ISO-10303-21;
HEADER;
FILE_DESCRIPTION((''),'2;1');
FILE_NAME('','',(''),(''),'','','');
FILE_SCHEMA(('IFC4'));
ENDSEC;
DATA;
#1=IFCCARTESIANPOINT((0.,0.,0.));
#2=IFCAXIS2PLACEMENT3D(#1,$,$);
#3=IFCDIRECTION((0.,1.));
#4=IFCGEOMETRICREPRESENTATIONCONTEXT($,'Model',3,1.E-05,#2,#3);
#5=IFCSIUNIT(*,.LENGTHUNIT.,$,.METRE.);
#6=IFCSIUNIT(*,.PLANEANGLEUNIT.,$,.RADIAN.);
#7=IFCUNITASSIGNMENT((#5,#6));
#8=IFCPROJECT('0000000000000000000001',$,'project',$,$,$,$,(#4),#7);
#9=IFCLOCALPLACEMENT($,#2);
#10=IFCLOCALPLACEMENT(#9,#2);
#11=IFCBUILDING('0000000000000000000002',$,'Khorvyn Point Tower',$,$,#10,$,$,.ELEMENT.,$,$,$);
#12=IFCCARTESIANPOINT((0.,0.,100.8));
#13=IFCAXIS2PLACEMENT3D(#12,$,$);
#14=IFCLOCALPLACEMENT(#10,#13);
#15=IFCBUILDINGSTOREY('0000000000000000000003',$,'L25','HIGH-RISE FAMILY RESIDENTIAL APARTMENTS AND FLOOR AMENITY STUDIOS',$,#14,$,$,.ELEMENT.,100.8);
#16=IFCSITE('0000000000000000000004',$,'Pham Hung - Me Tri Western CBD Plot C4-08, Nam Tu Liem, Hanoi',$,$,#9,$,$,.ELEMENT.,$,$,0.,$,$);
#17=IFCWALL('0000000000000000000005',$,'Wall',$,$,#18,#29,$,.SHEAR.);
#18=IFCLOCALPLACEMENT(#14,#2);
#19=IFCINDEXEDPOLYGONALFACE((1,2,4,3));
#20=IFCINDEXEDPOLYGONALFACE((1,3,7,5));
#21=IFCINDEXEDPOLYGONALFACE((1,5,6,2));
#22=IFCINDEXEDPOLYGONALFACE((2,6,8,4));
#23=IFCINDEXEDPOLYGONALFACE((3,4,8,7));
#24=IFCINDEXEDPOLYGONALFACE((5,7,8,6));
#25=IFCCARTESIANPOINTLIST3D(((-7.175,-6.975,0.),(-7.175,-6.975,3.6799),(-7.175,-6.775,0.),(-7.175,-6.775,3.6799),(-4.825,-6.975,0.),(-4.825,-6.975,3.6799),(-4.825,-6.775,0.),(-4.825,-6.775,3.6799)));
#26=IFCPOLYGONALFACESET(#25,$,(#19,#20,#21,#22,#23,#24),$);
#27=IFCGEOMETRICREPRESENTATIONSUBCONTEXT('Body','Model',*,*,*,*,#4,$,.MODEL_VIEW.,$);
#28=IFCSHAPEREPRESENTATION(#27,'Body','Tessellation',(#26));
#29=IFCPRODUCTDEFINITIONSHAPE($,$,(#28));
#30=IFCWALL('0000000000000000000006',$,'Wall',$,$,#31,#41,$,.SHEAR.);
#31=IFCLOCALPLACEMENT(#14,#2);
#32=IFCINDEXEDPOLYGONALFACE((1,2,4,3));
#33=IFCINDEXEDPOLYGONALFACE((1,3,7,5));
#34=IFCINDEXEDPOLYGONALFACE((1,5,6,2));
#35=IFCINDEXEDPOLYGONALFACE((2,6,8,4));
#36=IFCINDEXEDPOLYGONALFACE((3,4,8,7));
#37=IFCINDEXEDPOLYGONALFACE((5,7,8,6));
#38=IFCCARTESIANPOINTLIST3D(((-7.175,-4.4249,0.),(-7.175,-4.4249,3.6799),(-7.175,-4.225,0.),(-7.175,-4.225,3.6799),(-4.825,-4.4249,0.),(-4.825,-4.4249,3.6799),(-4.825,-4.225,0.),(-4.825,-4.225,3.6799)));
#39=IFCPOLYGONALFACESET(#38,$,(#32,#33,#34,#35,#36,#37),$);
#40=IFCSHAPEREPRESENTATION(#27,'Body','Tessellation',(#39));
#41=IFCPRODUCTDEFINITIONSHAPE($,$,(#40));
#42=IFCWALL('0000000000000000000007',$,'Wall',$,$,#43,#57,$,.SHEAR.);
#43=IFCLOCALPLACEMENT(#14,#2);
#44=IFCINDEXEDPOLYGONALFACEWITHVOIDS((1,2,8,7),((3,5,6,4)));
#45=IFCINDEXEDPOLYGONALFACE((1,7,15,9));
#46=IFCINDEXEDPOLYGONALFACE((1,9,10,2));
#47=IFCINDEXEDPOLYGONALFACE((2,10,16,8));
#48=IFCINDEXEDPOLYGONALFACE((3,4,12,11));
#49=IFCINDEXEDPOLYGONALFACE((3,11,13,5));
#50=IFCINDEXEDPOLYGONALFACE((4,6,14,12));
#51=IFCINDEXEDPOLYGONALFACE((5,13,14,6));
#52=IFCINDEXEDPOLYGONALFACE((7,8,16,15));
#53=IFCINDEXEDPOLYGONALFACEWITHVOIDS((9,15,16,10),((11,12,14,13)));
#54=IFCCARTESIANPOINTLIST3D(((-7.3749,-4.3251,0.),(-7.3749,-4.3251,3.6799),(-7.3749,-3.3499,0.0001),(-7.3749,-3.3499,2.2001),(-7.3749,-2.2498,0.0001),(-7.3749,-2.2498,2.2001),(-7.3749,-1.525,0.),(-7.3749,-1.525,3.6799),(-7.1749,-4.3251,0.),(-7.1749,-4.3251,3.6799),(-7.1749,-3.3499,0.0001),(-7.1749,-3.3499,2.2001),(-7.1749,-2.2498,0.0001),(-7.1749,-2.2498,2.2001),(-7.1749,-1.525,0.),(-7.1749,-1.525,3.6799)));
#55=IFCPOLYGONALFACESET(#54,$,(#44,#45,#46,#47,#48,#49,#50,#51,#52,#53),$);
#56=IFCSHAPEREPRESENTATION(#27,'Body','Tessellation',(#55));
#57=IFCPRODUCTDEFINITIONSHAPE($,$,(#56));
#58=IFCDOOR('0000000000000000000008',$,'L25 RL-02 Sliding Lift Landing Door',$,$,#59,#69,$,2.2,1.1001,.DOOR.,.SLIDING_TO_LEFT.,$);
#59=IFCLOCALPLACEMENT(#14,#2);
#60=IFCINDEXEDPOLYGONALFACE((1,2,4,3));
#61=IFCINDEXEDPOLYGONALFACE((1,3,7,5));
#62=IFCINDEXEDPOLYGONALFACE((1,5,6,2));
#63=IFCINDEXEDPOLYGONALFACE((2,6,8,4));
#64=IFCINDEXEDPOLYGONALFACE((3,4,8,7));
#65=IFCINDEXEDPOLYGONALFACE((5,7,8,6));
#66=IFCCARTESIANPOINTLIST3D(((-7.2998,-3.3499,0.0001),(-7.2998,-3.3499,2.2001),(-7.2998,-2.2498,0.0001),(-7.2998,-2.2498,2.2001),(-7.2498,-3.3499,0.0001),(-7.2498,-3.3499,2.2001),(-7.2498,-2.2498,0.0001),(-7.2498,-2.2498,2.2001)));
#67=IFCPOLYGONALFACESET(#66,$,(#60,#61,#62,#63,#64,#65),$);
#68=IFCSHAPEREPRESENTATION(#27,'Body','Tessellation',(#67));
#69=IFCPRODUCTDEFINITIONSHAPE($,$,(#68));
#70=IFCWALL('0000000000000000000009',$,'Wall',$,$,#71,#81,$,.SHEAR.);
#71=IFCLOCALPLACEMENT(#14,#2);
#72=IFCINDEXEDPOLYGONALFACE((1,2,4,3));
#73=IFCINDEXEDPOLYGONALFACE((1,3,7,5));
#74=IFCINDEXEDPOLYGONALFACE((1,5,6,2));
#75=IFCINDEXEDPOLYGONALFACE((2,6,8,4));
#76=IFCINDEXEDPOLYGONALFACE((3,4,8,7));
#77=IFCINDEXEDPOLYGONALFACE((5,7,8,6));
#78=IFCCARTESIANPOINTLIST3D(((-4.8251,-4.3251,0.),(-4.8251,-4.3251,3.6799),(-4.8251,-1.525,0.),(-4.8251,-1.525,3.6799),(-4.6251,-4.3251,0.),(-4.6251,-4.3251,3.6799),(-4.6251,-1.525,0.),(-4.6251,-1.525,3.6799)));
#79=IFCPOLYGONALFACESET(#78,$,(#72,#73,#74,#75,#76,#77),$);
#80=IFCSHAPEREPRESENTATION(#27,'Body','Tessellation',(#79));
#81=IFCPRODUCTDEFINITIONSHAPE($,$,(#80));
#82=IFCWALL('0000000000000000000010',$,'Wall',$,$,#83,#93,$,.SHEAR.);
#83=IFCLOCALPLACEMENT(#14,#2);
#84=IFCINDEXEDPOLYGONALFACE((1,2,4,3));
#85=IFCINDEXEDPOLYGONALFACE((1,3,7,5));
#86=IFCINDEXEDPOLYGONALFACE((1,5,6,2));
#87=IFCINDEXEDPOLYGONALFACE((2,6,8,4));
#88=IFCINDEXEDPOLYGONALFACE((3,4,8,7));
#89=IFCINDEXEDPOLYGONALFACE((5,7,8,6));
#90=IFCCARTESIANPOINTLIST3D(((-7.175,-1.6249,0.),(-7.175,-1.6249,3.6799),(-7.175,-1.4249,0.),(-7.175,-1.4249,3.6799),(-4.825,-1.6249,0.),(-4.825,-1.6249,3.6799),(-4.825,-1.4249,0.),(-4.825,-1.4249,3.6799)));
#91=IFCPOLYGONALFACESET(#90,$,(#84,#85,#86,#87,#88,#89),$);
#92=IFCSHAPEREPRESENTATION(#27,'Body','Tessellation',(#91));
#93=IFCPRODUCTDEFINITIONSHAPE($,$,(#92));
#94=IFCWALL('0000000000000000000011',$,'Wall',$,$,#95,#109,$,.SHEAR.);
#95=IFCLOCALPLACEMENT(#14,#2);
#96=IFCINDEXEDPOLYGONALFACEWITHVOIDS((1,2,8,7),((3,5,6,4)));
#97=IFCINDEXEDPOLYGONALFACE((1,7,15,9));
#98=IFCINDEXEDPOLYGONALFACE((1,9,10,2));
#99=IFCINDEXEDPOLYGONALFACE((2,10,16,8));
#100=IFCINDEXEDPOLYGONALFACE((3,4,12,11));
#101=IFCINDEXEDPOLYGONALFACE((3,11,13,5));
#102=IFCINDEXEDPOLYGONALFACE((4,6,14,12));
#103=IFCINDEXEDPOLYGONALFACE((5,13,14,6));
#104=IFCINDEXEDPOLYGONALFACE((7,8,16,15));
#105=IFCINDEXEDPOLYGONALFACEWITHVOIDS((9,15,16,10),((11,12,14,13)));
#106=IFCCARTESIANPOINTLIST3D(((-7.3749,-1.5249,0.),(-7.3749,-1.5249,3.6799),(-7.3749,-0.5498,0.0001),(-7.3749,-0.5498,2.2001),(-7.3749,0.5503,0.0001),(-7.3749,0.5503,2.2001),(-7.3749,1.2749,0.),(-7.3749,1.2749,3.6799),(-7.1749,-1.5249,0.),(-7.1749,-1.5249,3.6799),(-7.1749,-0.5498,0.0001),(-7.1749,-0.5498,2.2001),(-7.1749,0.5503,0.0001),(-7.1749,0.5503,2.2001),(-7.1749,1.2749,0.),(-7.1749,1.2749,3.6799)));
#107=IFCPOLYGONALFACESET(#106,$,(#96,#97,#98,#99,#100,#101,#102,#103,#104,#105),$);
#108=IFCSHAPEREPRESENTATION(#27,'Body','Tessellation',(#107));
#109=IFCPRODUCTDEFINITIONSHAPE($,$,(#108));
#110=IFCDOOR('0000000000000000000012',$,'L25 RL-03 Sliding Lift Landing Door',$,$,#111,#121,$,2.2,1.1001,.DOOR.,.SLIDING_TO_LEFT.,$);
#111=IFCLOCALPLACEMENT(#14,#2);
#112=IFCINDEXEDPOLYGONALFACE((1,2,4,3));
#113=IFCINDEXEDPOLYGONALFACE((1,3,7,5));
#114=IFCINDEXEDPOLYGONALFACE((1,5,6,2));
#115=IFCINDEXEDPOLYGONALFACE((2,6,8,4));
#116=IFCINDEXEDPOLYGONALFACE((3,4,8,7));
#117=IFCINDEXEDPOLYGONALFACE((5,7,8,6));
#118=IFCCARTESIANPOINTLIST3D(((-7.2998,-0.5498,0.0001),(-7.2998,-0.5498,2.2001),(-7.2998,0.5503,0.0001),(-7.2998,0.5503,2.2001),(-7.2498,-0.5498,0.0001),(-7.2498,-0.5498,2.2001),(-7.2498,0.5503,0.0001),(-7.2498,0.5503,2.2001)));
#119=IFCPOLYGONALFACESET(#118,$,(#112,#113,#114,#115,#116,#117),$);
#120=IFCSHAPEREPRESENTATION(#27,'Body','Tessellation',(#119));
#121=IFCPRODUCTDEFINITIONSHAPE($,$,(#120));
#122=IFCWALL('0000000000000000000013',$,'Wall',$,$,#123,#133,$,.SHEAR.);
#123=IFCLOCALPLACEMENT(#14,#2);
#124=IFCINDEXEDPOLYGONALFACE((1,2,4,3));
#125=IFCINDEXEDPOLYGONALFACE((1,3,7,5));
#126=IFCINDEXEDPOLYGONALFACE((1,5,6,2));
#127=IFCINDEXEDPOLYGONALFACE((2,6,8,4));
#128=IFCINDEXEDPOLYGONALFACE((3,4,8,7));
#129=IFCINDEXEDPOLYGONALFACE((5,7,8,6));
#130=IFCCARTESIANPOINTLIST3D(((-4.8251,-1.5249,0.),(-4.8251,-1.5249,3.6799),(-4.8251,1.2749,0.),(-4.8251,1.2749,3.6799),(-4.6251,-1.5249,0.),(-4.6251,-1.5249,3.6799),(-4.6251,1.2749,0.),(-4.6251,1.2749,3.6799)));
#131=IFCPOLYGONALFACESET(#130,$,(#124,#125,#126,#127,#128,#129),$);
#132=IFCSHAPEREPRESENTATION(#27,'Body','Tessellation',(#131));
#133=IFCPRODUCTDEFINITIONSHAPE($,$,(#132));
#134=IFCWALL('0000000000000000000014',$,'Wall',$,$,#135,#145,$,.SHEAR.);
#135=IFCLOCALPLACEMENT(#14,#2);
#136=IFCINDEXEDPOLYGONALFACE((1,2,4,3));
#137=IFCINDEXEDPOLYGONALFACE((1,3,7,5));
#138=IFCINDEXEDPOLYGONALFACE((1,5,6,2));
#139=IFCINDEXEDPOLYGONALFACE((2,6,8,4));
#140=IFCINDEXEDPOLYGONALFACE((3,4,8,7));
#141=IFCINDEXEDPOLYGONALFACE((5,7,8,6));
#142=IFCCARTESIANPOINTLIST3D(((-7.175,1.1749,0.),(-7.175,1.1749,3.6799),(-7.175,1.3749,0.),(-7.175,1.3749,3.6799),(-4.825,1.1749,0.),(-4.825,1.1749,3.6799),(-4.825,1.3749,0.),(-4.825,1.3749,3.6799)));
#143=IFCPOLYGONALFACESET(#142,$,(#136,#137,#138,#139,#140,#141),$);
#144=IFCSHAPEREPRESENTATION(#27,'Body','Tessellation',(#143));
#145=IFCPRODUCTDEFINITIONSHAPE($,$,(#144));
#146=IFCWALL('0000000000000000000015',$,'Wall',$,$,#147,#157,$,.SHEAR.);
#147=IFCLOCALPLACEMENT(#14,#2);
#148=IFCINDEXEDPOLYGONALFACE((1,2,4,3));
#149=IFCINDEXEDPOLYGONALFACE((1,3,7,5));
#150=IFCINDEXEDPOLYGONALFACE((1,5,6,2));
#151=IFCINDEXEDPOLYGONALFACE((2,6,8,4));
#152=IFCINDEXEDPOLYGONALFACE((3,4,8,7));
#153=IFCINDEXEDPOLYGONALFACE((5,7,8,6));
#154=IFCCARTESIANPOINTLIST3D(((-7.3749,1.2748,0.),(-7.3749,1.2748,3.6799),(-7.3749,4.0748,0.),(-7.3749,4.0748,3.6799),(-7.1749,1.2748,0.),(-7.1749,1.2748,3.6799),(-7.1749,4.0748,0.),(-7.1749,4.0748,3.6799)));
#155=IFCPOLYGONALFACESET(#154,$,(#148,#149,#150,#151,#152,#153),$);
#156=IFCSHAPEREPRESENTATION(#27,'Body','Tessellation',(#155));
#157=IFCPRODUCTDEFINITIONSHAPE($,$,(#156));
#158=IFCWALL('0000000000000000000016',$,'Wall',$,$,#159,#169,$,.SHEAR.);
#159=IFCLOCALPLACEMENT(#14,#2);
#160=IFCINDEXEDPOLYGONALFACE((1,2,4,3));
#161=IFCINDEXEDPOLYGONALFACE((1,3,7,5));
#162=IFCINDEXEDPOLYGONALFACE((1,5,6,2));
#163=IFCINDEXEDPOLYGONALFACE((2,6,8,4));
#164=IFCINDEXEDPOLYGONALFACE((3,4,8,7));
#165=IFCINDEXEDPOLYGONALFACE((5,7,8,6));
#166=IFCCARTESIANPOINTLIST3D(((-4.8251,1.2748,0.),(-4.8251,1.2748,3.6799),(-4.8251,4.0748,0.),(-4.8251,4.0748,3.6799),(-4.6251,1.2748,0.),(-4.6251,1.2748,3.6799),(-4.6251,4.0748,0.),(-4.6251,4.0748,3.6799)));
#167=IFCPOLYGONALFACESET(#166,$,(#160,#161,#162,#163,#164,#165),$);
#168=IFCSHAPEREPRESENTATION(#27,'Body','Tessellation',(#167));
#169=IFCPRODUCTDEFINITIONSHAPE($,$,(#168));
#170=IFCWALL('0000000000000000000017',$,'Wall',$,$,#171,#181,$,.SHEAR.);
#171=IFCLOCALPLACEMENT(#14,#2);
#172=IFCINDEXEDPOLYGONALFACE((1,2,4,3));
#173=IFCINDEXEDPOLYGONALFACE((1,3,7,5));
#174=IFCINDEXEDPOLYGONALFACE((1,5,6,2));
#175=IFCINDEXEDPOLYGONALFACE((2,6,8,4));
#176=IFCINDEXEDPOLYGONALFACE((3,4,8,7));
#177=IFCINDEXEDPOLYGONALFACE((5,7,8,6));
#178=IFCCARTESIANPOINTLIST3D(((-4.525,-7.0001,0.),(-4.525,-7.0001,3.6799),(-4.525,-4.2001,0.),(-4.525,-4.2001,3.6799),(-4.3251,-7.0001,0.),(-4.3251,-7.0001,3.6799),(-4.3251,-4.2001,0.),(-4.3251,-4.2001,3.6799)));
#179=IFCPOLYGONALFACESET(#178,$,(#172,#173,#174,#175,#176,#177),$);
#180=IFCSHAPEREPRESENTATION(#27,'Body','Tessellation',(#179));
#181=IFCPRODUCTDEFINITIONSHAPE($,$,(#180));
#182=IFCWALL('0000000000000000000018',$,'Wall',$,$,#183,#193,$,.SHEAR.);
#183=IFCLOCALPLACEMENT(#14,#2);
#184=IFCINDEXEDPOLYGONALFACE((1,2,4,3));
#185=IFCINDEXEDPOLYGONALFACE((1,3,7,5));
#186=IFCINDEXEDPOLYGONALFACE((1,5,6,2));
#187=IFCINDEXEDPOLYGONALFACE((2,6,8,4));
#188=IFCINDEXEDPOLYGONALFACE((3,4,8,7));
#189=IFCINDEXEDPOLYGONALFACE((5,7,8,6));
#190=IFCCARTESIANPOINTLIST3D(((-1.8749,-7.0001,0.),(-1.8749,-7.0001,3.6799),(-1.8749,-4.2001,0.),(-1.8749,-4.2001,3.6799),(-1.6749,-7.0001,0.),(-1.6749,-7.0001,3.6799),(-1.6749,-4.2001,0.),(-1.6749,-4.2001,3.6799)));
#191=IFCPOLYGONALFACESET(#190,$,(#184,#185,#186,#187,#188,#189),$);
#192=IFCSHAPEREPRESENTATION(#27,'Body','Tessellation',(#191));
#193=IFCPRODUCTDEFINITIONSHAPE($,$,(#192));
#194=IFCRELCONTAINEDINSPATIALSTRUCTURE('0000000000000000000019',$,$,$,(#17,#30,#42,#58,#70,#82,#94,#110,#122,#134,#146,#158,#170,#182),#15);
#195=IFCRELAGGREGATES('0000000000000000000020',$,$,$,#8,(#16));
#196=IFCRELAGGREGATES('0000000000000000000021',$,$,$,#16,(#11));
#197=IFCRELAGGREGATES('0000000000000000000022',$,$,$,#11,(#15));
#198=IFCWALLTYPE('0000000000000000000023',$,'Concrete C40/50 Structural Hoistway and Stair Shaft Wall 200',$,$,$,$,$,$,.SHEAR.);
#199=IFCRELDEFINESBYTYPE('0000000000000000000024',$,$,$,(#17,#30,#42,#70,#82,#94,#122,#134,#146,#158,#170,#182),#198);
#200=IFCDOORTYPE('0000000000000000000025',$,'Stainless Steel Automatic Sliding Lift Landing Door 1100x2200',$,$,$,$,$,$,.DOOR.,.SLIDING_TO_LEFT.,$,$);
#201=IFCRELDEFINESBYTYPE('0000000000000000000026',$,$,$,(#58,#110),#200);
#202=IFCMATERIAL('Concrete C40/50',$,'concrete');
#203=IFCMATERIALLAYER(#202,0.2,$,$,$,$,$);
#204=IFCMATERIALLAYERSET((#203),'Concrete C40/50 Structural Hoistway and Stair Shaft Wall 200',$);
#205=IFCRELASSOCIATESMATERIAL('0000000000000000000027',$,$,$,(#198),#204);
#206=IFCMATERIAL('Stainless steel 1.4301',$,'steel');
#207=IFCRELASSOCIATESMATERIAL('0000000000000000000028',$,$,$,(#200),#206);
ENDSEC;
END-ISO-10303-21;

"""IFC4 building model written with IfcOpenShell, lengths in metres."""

from ifc_helpers import new_model, si_unit, direction, frame, frame_2d, origin, place, context, subcontext, project, spatial, rectangle, extrude, material, layer, layer_set, type_object, element, fill, save


model = new_model("IFC4")

# Units and contexts
model_context = context("Model", 3, precision=1e-05, world=origin(), true_north=direction((0.0, 1.0)))
body_context = subcontext(model_context, "Body", "Model", "MODEL_VIEW")
ifc_project = project(units=[si_unit("LENGTHUNIT", "METRE"), si_unit("PLANEANGLEUNIT", "RADIAN")], contexts=[model_context])

# Site, building, storey
site_placement = place(None, origin())
site = spatial("IfcSite", under=ifc_project, at=site_placement, Name="Pham Hung - Me Tri Western CBD Plot C4-08, Nam Tu Liem, Hanoi", CompositionType="ELEMENT", RefElevation=0.0)
building_placement = place(site_placement, origin())
building = spatial("IfcBuilding", under=site, at=building_placement, Name="Khorvyn Point Tower", CompositionType="ELEMENT")
storey_placement = place(building_placement, frame((0.0, 0.0, 100.8)))
storey = spatial("IfcBuildingStorey", under=building, at=storey_placement, Name="L25", Description="HIGH-RISE FAMILY RESIDENTIAL APARTMENTS AND FLOOR AMENITY STUDIOS", CompositionType="ELEMENT", Elevation=100.8)

# Shared definitions
ifc_material_1 = material(Name="Concrete C40/50", Category="concrete")

# Shared definitions
ifc_layer_1 = layer(ifc_material_1, 0.2)
ifc_layer_set_1 = layer_set([ifc_layer_1], Name="Concrete C40/50 Structural Hoistway and Stair Shaft Wall 200")
wall_type_1 = type_object("IfcWallType", Name="Concrete C40/50 Structural Hoistway and Stair Shaft Wall 200", PredefinedType="SHEAR", material=ifc_layer_set_1)
ifc_material_2 = material(Name="Stainless steel 1.4301", Category="steel")
door_type_1 = type_object("IfcDoorType", Name="Stainless Steel Automatic Sliding Lift Landing Door 1100x2200", OperationType="SLIDING_TO_LEFT", PredefinedType="DOOR", material=ifc_material_2)

# Walls
for number, where, z_axis, x_axis, name in (
    (1, (-7.175, -6.875, 0.0), (0.0, 0.0, 1.0), (1.0, 0.0, 0.0), "Wall"),
    (2, (-7.175, -4.325, 0.0), (0.0, 0.0, 1.0), (1.0, 0.0, 0.0), "Wall"),
):
    element("IfcWall", number, at=place(storey_placement, frame(where, z_axis=z_axis, x_axis=x_axis)), inside=storey, type_object=wall_type_1, Name=name, PredefinedType="SHEAR", context=body_context, shape_type="SweptSolid", body=[
        extrude(rectangle(XDim=2.3501, YDim=0.2, at=frame_2d((1.175, 0.0))), origin(), (0.0, 0.0, 1.0), 3.6799),
    ])

# Wall, opening, door
wall_1_placement = place(storey_placement, frame((-7.2749, -4.325, 0.0), z_axis=(0.0, 0.0, 1.0), x_axis=(0.0, 1.0, 0.0)))
wall_1 = element("IfcWall", 3, at=wall_1_placement, inside=storey, type_object=wall_type_1, Name="Wall", PredefinedType="SHEAR", context=body_context, shape_type="SweptSolid", body=[
    extrude(rectangle(XDim=2.8, YDim=0.2, at=frame_2d((1.3999, 0.0))), origin(), (0.0, 0.0, 1.0), 3.6799),
])
opening_1_placement = place(wall_1_placement, frame((0.9751, 0.0, 0.0)))
opening_1 = element("IfcOpeningElement", 4, at=opening_1_placement, cuts=wall_1, PredefinedType="OPENING", context=body_context, shape_type="SweptSolid", body=[
    extrude(rectangle(XDim=1.1001, YDim=2.2, at=frame_2d((0.55, 1.1001))), frame((0.0, 0.1099, 0.0), z_axis=(0.0, -1.0, 0.0), x_axis=(1.0, 0.0, 0.0)), (0.0, 0.0, 1.0), 0.22),
])
door_1_placement = place(opening_1_placement, origin())
door_1 = element("IfcDoor", 5, at=door_1_placement, inside=storey, type_object=door_type_1, Name="L25 RL-02 Sliding Lift Landing Door", OperationType="SLIDING_TO_LEFT", OverallHeight=2.2, OverallWidth=1.1001, PredefinedType="DOOR", context=body_context, shape_type="SweptSolid", body=[
    extrude(rectangle(XDim=1.1001, YDim=2.2, at=frame_2d((0.55, 1.1001))), frame((0.0, 0.0249, 0.0), z_axis=(0.0, -1.0, 0.0), x_axis=(1.0, 0.0, 0.0)), (0.0, 0.0, 1.0), 0.05),
])
fill(opening_1, door_1)

# Walls
wall_2_placement = place(storey_placement, frame((-4.7251, -4.325, 0.0), z_axis=(0.0, 0.0, 1.0), x_axis=(0.0, 1.0, 0.0)))
element("IfcWall", 6, at=wall_2_placement, inside=storey, type_object=wall_type_1, Name="Wall", PredefinedType="SHEAR", context=body_context, shape_type="SweptSolid", body=[
    extrude(rectangle(XDim=2.8, YDim=0.2, at=frame_2d((1.3999, 0.0))), origin(), (0.0, 0.0, 1.0), 3.6799),
])
wall_3_placement = place(storey_placement, frame((-7.175, -1.5249, 0.0), z_axis=(0.0, 0.0, 1.0), x_axis=(1.0, 0.0, 0.0)))
element("IfcWall", 7, at=wall_3_placement, inside=storey, type_object=wall_type_1, Name="Wall", PredefinedType="SHEAR", context=body_context, shape_type="SweptSolid", body=[
    extrude(rectangle(XDim=2.3501, YDim=0.2, at=frame_2d((1.175, 0.0))), origin(), (0.0, 0.0, 1.0), 3.6799),
])

# Wall, opening, door
wall_4_placement = place(storey_placement, frame((-7.2749, -1.5249, 0.0), z_axis=(0.0, 0.0, 1.0), x_axis=(0.0, 1.0, 0.0)))
wall_4 = element("IfcWall", 8, at=wall_4_placement, inside=storey, type_object=wall_type_1, Name="Wall", PredefinedType="SHEAR", context=body_context, shape_type="SweptSolid", body=[
    extrude(rectangle(XDim=2.7998, YDim=0.2, at=frame_2d((1.3999, 0.0))), origin(), (0.0, 0.0, 1.0), 3.6799),
])
opening_2_placement = place(wall_4_placement, frame((0.9751, 0.0, 0.0)))
opening_2 = element("IfcOpeningElement", 9, at=opening_2_placement, cuts=wall_4, PredefinedType="OPENING", context=body_context, shape_type="SweptSolid", body=[
    extrude(rectangle(XDim=1.1001, YDim=2.2, at=frame_2d((0.55, 1.1001))), frame((0.0, 0.1099, 0.0), z_axis=(0.0, -1.0, 0.0), x_axis=(1.0, 0.0, 0.0)), (0.0, 0.0, 1.0), 0.22),
])
door_2_placement = place(opening_2_placement, origin())
door_2 = element("IfcDoor", 10, at=door_2_placement, inside=storey, type_object=door_type_1, Name="L25 RL-03 Sliding Lift Landing Door", OperationType="SLIDING_TO_LEFT", OverallHeight=2.2, OverallWidth=1.1001, PredefinedType="DOOR", context=body_context, shape_type="SweptSolid", body=[
    extrude(rectangle(XDim=1.1001, YDim=2.2, at=frame_2d((0.55, 1.1001))), frame((0.0, 0.0249, 0.0), z_axis=(0.0, -1.0, 0.0), x_axis=(1.0, 0.0, 0.0)), (0.0, 0.0, 1.0), 0.05),
])
fill(opening_2, door_2)

# Walls
wall_5_placement = place(storey_placement, frame((-4.7251, -1.5249, 0.0), z_axis=(0.0, 0.0, 1.0), x_axis=(0.0, 1.0, 0.0)))
element("IfcWall", 11, at=wall_5_placement, inside=storey, type_object=wall_type_1, Name="Wall", PredefinedType="SHEAR", context=body_context, shape_type="SweptSolid", body=[
    extrude(rectangle(XDim=2.7998, YDim=0.2, at=frame_2d((1.3999, 0.0))), origin(), (0.0, 0.0, 1.0), 3.6799),
])
wall_6_placement = place(storey_placement, frame((-7.175, 1.2749, 0.0), z_axis=(0.0, 0.0, 1.0), x_axis=(1.0, 0.0, 0.0)))
element("IfcWall", 12, at=wall_6_placement, inside=storey, type_object=wall_type_1, Name="Wall", PredefinedType="SHEAR", context=body_context, shape_type="SweptSolid", body=[
    extrude(rectangle(XDim=2.3501, YDim=0.2, at=frame_2d((1.175, 0.0))), origin(), (0.0, 0.0, 1.0), 3.6799),
])
for number, where, z_axis, x_axis, name in (
    (13, (-7.2749, 1.2749, 0.0), (0.0, 0.0, 1.0), (0.0, 1.0, 0.0), "Wall"),
    (14, (-4.7251, 1.2749, 0.0), (0.0, 0.0, 1.0), (0.0, 1.0, 0.0), "Wall"),
    (15, (-4.425, -7.0, 0.0), (0.0, 0.0, 1.0), (0.0, 1.0, 0.0), "Wall"),
    (16, (-1.7749, -7.0, 0.0), (0.0, 0.0, 1.0), (0.0, 1.0, 0.0), "Wall"),
):
    element("IfcWall", number, at=place(storey_placement, frame(where, z_axis=z_axis, x_axis=x_axis)), inside=storey, type_object=wall_type_1, Name=name, PredefinedType="SHEAR", context=body_context, shape_type="SweptSolid", body=[
        extrude(rectangle(XDim=2.8, YDim=0.2, at=frame_2d((1.3999, 0.0))), origin(), (0.0, 0.0, 1.0), 3.6799),
    ])

save(model, "model.ifc")
